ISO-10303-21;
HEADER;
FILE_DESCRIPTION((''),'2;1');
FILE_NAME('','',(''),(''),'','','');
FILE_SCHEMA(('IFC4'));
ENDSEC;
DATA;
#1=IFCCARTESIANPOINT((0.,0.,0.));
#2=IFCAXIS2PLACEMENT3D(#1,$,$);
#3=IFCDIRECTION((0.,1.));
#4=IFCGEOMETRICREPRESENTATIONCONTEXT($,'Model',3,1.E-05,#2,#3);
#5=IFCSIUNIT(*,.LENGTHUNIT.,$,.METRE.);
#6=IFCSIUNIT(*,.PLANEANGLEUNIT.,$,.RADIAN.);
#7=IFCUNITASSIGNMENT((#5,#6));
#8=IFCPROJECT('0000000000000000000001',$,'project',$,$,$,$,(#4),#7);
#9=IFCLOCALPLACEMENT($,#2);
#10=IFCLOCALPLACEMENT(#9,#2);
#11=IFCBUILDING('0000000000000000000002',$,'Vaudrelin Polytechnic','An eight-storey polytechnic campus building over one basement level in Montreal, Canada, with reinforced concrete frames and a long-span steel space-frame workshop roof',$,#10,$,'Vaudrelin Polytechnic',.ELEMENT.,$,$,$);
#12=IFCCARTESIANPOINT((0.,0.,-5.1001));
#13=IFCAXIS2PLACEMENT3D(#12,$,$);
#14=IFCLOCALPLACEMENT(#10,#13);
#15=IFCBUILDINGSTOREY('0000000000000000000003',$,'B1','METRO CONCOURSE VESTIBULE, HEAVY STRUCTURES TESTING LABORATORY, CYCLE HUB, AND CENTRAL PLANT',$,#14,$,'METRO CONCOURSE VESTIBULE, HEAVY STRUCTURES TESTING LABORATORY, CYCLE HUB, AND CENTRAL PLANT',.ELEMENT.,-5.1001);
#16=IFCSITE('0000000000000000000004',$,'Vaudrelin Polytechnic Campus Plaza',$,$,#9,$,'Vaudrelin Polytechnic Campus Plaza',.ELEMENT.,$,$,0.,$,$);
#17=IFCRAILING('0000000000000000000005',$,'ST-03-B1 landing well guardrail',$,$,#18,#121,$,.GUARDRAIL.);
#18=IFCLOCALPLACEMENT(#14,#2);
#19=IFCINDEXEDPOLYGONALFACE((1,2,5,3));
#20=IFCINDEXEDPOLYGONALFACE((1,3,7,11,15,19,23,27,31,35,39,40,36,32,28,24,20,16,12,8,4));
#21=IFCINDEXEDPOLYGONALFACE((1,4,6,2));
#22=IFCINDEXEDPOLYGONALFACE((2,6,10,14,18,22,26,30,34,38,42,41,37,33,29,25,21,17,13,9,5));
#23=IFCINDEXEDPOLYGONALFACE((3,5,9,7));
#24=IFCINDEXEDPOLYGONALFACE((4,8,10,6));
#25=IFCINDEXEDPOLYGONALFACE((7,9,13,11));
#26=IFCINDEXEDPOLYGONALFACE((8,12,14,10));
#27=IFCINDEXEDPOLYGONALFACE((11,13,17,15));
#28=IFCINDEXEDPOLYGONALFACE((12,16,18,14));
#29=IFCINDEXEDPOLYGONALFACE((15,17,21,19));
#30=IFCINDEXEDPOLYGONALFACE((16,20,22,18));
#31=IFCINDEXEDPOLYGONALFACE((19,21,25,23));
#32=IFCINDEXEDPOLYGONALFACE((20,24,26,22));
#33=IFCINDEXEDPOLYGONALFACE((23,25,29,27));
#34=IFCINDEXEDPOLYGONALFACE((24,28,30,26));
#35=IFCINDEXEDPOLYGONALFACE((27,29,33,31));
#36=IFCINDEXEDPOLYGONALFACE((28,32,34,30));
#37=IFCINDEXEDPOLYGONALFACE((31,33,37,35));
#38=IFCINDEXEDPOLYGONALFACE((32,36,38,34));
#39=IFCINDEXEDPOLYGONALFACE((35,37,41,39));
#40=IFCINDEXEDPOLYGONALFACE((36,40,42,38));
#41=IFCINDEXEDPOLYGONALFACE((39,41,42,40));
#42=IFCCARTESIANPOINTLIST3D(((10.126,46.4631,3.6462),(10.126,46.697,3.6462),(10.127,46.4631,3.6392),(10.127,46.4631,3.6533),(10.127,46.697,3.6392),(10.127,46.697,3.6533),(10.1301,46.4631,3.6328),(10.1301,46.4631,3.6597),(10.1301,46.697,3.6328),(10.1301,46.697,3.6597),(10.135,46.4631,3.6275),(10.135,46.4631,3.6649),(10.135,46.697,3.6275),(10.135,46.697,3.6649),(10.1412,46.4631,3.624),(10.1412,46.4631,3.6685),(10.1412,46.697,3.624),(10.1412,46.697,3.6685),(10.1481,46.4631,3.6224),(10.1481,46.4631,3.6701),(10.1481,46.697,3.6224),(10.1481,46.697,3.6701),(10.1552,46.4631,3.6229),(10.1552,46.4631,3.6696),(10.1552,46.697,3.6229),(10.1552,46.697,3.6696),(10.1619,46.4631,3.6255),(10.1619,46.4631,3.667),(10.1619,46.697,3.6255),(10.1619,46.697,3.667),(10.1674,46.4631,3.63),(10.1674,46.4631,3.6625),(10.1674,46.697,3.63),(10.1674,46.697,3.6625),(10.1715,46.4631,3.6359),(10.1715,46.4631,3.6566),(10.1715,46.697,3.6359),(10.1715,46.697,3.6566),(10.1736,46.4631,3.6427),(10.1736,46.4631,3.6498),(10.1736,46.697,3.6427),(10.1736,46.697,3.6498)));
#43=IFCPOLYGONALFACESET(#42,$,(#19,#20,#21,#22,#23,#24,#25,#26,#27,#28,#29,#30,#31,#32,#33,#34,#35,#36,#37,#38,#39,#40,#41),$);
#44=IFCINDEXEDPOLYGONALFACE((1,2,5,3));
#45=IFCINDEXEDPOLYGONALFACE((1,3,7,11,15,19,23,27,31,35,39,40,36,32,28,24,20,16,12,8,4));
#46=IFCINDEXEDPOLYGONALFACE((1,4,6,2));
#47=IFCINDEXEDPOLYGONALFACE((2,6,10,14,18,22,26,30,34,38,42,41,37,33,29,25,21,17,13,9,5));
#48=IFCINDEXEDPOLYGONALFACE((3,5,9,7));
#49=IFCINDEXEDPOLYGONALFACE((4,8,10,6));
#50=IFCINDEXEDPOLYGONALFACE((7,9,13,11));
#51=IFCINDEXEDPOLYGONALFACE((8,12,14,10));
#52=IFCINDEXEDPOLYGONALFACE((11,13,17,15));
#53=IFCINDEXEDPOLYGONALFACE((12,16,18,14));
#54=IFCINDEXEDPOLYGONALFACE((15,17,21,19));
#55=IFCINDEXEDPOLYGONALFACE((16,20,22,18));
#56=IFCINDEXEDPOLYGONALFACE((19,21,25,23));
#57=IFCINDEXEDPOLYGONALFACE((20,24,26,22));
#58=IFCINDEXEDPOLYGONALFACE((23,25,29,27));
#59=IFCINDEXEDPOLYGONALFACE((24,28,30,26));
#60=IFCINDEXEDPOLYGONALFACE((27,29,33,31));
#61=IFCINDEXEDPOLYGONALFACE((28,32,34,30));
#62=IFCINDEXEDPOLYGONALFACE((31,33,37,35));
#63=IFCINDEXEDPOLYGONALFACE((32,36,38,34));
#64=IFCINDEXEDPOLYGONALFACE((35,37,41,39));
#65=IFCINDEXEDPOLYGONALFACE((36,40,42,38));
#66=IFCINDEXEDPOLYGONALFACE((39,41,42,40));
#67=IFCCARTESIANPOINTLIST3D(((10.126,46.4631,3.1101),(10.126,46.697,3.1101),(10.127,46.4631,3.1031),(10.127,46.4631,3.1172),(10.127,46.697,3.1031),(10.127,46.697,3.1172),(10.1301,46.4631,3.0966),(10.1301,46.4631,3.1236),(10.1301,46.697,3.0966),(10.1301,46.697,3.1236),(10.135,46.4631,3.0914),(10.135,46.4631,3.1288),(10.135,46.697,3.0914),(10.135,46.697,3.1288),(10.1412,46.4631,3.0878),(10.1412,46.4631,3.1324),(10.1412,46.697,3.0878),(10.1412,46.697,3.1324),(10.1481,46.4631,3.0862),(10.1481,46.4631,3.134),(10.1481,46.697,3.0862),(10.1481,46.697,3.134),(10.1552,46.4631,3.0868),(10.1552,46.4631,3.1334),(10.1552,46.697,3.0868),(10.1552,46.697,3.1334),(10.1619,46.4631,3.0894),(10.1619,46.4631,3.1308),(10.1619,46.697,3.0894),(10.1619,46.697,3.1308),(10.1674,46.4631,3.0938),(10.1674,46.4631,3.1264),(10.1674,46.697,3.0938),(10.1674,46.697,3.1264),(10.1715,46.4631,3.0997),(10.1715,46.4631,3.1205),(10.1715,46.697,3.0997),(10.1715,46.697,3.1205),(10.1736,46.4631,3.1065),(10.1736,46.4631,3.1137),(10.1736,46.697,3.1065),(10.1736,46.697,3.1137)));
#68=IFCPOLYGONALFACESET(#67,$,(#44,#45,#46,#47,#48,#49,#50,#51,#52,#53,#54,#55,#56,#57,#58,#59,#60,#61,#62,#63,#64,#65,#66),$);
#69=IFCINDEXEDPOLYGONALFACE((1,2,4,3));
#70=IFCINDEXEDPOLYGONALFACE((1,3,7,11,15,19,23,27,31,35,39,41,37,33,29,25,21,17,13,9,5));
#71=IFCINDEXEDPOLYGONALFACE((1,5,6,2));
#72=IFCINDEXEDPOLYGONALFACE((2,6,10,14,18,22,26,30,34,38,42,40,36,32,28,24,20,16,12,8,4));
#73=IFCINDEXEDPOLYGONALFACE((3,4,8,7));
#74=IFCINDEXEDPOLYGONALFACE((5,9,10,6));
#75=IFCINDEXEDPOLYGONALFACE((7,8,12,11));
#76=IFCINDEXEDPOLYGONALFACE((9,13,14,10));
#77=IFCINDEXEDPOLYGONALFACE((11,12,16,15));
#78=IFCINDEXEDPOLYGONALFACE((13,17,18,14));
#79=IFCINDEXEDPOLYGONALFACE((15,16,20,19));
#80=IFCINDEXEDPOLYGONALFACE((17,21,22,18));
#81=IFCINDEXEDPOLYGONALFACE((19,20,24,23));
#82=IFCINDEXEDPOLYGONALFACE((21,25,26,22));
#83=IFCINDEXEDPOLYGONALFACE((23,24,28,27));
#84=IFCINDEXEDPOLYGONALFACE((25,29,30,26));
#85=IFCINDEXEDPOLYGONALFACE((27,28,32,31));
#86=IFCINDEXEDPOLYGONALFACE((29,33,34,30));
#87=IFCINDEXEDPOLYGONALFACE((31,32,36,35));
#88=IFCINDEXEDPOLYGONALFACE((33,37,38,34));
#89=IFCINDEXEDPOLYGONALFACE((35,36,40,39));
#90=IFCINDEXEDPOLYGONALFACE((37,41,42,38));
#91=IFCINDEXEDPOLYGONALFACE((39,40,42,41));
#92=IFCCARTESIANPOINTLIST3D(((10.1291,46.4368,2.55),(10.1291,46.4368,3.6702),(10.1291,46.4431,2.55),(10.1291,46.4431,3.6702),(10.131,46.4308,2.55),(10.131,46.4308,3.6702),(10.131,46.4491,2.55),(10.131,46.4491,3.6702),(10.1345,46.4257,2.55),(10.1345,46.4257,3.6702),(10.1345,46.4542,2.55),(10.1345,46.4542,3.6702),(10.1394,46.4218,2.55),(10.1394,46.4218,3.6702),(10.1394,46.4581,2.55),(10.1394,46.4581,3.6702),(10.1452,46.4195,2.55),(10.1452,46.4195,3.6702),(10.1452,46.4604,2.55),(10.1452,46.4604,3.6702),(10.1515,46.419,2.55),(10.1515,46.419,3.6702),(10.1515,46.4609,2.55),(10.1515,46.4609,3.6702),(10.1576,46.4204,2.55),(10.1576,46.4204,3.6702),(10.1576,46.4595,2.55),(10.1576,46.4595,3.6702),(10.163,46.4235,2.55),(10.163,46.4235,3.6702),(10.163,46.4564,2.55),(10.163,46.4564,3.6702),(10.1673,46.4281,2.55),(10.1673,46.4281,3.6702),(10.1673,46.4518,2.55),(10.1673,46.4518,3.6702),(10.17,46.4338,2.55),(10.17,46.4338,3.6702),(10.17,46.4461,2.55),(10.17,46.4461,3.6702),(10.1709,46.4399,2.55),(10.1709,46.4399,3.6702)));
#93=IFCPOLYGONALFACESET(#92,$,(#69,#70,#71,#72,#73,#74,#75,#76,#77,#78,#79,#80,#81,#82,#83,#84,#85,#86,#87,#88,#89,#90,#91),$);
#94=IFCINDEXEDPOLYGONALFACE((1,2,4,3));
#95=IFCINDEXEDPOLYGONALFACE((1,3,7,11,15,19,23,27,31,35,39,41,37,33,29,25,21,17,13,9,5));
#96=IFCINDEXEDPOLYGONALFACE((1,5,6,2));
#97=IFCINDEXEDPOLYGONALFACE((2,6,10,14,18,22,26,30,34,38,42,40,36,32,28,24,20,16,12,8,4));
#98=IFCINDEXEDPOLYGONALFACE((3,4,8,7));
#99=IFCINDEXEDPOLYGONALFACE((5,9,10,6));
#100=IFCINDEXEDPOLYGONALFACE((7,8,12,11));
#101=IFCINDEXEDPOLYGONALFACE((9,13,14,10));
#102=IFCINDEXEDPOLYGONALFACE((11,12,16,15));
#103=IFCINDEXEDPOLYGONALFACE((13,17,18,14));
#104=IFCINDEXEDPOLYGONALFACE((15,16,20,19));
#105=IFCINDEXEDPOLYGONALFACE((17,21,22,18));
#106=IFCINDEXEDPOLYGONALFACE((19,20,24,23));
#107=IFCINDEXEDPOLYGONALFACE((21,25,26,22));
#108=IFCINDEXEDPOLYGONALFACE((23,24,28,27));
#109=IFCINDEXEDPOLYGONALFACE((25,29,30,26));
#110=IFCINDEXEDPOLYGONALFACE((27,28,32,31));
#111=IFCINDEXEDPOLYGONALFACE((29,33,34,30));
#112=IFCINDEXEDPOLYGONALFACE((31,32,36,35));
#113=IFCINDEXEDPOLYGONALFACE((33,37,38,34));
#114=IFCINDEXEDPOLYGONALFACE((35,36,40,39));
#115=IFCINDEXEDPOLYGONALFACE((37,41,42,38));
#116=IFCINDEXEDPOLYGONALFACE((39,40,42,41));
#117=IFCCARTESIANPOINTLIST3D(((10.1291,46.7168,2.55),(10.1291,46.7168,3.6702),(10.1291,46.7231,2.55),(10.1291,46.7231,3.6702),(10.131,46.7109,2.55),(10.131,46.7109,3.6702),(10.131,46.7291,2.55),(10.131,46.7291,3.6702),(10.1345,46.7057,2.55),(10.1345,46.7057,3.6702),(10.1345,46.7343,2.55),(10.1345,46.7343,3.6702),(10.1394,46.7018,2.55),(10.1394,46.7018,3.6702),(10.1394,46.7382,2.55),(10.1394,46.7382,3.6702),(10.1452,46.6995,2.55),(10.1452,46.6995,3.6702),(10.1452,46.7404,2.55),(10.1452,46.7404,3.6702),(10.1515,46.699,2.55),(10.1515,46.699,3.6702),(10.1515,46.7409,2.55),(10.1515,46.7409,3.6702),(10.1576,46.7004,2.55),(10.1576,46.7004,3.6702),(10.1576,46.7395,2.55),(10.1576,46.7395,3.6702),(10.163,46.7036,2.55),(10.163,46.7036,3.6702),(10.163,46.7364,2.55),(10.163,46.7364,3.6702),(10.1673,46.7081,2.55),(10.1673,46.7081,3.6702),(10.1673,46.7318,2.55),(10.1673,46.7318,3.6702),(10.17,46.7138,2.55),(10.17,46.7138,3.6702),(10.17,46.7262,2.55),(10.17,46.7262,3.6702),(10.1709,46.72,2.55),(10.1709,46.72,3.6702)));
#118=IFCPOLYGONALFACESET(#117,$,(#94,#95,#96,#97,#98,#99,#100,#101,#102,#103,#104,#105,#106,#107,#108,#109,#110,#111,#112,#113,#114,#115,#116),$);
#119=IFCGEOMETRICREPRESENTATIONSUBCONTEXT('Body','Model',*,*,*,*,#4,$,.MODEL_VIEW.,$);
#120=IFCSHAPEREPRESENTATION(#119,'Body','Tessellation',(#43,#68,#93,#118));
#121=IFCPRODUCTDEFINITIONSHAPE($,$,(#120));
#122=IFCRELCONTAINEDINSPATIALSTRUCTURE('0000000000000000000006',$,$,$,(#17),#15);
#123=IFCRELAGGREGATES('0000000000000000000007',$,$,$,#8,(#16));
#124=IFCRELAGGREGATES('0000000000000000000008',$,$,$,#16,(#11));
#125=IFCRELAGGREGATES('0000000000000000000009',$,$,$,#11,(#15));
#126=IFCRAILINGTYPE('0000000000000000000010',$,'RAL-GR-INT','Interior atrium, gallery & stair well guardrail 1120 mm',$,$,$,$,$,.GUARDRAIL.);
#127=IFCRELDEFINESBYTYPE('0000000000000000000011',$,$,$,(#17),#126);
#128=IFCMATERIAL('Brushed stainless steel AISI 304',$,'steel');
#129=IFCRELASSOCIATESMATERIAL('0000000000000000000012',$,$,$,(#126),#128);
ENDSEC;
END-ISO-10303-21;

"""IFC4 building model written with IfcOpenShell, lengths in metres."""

from ifc_helpers import new_model, si_unit, direction, frame, origin, origin_2d, place, context, subcontext, project, spatial, circle, extrude, material, type_object, element, save


model = new_model("IFC4")

# Units and contexts
model_context = context("Model", 3, precision=1e-05, world=origin(), true_north=direction((0.0, 1.0)))
body_context = subcontext(model_context, "Body", "Model", "MODEL_VIEW")
ifc_project = project(units=[si_unit("LENGTHUNIT", "METRE"), si_unit("PLANEANGLEUNIT", "RADIAN")], contexts=[model_context])

# Site, building, storey
site_placement = place(None, origin())
site = spatial("IfcSite", under=ifc_project, at=site_placement, Name="Vaudrelin Polytechnic Campus Plaza", LongName="Vaudrelin Polytechnic Campus Plaza", CompositionType="ELEMENT", RefElevation=0.0)
building_placement = place(site_placement, origin())
building = spatial("IfcBuilding", under=site, at=building_placement, Name="Vaudrelin Polytechnic", Description="An eight-storey polytechnic campus building over one basement level in Montreal, Canada, with reinforced concrete frames and a long-span steel space-frame workshop roof", LongName="Vaudrelin Polytechnic", CompositionType="ELEMENT")
storey_placement = place(building_placement, frame((0.0, 0.0, -5.1001)))
storey = spatial("IfcBuildingStorey", under=building, at=storey_placement, Name="B1", Description="METRO CONCOURSE VESTIBULE, HEAVY STRUCTURES TESTING LABORATORY, CYCLE HUB, AND CENTRAL PLANT", LongName="METRO CONCOURSE VESTIBULE, HEAVY STRUCTURES TESTING LABORATORY, CYCLE HUB, AND CENTRAL PLANT", CompositionType="ELEMENT", Elevation=-5.1001)

# Railing
ifc_material_1 = material(Name="Brushed stainless steel AISI 304", Category="steel")
railing_type_1 = type_object("IfcRailingType", Name="RAL-GR-INT", Description="Interior atrium, gallery & stair well guardrail 1120 mm", PredefinedType="GUARDRAIL", material=ifc_material_1)
railing_1_placement = place(storey_placement, frame((10.1499, 46.4399, 2.55)))
element("IfcRailing", 1, at=railing_1_placement, inside=storey, type_object=railing_type_1, Name="ST-03-B1 landing well guardrail", PredefinedType="GUARDRAIL", context=body_context, shape_type="SweptSolid", body=[
    extrude(circle(Radius=0.0239, at=origin_2d()), frame((0.0, 0.0232, 1.0962), z_axis=(0.0, 1.0, 0.0), x_axis=(-1.0, 0.0, 0.0)), (0.0, 0.0, 1.0), 0.2339),
    extrude(circle(Radius=0.0239, at=origin_2d()), frame((0.0, 0.0232, 0.5601), z_axis=(0.0, 1.0, 0.0), x_axis=(-1.0, 0.0, 0.0)), (0.0, 0.0, 1.0), 0.2339),
    extrude(circle(Radius=0.021, at=origin_2d()), origin(), (0.0, 0.0, 1.0), 1.1201),
    extrude(circle(Radius=0.021, at=origin_2d()), frame((0.0, 0.28, 0.0)), (0.0, 0.0, 1.0), 1.1201),
])

save(model, "model.ifc")
